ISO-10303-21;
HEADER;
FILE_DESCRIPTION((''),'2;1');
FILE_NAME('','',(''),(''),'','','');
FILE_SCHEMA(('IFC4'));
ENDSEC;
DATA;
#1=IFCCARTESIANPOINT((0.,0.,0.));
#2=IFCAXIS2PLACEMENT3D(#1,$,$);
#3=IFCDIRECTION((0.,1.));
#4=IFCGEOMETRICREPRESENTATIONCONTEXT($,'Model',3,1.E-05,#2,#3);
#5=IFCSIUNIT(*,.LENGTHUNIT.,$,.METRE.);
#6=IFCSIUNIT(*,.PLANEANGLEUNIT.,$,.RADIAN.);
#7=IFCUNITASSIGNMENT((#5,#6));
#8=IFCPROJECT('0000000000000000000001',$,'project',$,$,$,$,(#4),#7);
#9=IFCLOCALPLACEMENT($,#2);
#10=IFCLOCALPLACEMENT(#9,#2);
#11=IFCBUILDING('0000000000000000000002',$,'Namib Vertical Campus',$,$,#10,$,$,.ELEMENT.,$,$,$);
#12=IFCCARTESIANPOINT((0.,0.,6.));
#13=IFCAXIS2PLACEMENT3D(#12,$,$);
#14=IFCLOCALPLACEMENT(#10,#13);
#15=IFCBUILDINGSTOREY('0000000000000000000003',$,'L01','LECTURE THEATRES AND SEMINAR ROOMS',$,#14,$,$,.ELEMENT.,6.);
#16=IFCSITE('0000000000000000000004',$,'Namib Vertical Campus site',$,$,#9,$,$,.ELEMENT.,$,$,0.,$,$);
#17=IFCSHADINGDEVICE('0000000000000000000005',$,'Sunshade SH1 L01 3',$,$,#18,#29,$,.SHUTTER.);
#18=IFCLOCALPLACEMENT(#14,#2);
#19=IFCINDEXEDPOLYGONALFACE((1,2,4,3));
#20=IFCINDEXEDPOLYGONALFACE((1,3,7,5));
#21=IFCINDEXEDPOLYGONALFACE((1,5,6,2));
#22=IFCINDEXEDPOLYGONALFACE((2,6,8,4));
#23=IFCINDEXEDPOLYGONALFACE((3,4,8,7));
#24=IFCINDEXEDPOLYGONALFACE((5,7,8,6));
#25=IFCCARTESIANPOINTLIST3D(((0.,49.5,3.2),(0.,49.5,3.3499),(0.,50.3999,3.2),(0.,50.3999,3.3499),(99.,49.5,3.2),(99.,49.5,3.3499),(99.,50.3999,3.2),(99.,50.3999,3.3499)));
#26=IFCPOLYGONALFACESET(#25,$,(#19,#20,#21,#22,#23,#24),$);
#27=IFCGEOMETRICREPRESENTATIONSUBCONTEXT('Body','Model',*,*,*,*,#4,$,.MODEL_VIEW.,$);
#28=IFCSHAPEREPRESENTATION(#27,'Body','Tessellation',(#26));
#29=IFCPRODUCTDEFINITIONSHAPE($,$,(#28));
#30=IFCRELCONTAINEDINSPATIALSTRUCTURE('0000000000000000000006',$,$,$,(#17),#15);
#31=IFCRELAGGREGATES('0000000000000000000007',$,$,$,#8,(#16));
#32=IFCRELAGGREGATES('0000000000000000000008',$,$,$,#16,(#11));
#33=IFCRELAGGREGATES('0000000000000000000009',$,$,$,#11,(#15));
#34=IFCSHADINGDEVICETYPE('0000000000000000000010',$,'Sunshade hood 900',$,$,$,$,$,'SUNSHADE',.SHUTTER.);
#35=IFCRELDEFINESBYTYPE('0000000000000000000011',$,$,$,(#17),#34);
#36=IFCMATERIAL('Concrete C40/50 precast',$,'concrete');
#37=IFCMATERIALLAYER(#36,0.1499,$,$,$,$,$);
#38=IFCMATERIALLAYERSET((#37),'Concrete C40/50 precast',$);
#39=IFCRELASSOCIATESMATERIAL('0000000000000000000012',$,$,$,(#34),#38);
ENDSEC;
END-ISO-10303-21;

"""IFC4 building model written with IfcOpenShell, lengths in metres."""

from ifc_helpers import new_model, si_unit, direction, frame, origin, origin_2d, place, context, subcontext, project, spatial, rectangle, extrude, material, layer, layer_set, type_object, element, save


model = new_model("IFC4")

# Units and contexts
model_context = context("Model", 3, precision=1e-05, world=origin(), true_north=direction((0.0, 1.0)))
body_context = subcontext(model_context, "Body", "Model", "MODEL_VIEW")
ifc_project = project(units=[si_unit("LENGTHUNIT", "METRE"), si_unit("PLANEANGLEUNIT", "RADIAN")], contexts=[model_context])

# Site, building, storey
site_placement = place(None, origin())
site = spatial("IfcSite", under=ifc_project, at=site_placement, Name="Namib Vertical Campus site", CompositionType="ELEMENT", RefElevation=0.0)
building_placement = place(site_placement, origin())
building = spatial("IfcBuilding", under=site, at=building_placement, Name="Namib Vertical Campus", CompositionType="ELEMENT")
storey_placement = place(building_placement, frame((0.0, 0.0, 6.0)))
storey = spatial("IfcBuildingStorey", under=building, at=storey_placement, Name="L01", Description="LECTURE THEATRES AND SEMINAR ROOMS", CompositionType="ELEMENT", Elevation=6.0)

# Shading device
ifc_material_1 = material(Name="Concrete C40/50 precast", Category="concrete")
ifc_layer_1 = layer(ifc_material_1, 0.1499)
ifc_layer_set_1 = layer_set([ifc_layer_1], Name="Concrete C40/50 precast")
shading_device_type = type_object("IfcShadingDeviceType", Name="Sunshade hood 900", ElementType="SUNSHADE", PredefinedType="SHUTTER", material=ifc_layer_set_1)
shading_device_placement = place(storey_placement, frame((49.5, 49.95, 3.2), z_axis=(0.0, 0.0, 1.0), x_axis=(-1.0, 0.0, 0.0)))
element("IfcShadingDevice", 1, at=shading_device_placement, inside=storey, type_object=shading_device_type, Name="Sunshade SH1 L01 3", PredefinedType="SHUTTER", context=body_context, shape_type="SweptSolid", body=[
    extrude(rectangle(XDim=99.0, YDim=0.8999, at=origin_2d()), origin(), (0.0, 0.0, 1.0), 0.1499),
])

save(model, "model.ifc")
